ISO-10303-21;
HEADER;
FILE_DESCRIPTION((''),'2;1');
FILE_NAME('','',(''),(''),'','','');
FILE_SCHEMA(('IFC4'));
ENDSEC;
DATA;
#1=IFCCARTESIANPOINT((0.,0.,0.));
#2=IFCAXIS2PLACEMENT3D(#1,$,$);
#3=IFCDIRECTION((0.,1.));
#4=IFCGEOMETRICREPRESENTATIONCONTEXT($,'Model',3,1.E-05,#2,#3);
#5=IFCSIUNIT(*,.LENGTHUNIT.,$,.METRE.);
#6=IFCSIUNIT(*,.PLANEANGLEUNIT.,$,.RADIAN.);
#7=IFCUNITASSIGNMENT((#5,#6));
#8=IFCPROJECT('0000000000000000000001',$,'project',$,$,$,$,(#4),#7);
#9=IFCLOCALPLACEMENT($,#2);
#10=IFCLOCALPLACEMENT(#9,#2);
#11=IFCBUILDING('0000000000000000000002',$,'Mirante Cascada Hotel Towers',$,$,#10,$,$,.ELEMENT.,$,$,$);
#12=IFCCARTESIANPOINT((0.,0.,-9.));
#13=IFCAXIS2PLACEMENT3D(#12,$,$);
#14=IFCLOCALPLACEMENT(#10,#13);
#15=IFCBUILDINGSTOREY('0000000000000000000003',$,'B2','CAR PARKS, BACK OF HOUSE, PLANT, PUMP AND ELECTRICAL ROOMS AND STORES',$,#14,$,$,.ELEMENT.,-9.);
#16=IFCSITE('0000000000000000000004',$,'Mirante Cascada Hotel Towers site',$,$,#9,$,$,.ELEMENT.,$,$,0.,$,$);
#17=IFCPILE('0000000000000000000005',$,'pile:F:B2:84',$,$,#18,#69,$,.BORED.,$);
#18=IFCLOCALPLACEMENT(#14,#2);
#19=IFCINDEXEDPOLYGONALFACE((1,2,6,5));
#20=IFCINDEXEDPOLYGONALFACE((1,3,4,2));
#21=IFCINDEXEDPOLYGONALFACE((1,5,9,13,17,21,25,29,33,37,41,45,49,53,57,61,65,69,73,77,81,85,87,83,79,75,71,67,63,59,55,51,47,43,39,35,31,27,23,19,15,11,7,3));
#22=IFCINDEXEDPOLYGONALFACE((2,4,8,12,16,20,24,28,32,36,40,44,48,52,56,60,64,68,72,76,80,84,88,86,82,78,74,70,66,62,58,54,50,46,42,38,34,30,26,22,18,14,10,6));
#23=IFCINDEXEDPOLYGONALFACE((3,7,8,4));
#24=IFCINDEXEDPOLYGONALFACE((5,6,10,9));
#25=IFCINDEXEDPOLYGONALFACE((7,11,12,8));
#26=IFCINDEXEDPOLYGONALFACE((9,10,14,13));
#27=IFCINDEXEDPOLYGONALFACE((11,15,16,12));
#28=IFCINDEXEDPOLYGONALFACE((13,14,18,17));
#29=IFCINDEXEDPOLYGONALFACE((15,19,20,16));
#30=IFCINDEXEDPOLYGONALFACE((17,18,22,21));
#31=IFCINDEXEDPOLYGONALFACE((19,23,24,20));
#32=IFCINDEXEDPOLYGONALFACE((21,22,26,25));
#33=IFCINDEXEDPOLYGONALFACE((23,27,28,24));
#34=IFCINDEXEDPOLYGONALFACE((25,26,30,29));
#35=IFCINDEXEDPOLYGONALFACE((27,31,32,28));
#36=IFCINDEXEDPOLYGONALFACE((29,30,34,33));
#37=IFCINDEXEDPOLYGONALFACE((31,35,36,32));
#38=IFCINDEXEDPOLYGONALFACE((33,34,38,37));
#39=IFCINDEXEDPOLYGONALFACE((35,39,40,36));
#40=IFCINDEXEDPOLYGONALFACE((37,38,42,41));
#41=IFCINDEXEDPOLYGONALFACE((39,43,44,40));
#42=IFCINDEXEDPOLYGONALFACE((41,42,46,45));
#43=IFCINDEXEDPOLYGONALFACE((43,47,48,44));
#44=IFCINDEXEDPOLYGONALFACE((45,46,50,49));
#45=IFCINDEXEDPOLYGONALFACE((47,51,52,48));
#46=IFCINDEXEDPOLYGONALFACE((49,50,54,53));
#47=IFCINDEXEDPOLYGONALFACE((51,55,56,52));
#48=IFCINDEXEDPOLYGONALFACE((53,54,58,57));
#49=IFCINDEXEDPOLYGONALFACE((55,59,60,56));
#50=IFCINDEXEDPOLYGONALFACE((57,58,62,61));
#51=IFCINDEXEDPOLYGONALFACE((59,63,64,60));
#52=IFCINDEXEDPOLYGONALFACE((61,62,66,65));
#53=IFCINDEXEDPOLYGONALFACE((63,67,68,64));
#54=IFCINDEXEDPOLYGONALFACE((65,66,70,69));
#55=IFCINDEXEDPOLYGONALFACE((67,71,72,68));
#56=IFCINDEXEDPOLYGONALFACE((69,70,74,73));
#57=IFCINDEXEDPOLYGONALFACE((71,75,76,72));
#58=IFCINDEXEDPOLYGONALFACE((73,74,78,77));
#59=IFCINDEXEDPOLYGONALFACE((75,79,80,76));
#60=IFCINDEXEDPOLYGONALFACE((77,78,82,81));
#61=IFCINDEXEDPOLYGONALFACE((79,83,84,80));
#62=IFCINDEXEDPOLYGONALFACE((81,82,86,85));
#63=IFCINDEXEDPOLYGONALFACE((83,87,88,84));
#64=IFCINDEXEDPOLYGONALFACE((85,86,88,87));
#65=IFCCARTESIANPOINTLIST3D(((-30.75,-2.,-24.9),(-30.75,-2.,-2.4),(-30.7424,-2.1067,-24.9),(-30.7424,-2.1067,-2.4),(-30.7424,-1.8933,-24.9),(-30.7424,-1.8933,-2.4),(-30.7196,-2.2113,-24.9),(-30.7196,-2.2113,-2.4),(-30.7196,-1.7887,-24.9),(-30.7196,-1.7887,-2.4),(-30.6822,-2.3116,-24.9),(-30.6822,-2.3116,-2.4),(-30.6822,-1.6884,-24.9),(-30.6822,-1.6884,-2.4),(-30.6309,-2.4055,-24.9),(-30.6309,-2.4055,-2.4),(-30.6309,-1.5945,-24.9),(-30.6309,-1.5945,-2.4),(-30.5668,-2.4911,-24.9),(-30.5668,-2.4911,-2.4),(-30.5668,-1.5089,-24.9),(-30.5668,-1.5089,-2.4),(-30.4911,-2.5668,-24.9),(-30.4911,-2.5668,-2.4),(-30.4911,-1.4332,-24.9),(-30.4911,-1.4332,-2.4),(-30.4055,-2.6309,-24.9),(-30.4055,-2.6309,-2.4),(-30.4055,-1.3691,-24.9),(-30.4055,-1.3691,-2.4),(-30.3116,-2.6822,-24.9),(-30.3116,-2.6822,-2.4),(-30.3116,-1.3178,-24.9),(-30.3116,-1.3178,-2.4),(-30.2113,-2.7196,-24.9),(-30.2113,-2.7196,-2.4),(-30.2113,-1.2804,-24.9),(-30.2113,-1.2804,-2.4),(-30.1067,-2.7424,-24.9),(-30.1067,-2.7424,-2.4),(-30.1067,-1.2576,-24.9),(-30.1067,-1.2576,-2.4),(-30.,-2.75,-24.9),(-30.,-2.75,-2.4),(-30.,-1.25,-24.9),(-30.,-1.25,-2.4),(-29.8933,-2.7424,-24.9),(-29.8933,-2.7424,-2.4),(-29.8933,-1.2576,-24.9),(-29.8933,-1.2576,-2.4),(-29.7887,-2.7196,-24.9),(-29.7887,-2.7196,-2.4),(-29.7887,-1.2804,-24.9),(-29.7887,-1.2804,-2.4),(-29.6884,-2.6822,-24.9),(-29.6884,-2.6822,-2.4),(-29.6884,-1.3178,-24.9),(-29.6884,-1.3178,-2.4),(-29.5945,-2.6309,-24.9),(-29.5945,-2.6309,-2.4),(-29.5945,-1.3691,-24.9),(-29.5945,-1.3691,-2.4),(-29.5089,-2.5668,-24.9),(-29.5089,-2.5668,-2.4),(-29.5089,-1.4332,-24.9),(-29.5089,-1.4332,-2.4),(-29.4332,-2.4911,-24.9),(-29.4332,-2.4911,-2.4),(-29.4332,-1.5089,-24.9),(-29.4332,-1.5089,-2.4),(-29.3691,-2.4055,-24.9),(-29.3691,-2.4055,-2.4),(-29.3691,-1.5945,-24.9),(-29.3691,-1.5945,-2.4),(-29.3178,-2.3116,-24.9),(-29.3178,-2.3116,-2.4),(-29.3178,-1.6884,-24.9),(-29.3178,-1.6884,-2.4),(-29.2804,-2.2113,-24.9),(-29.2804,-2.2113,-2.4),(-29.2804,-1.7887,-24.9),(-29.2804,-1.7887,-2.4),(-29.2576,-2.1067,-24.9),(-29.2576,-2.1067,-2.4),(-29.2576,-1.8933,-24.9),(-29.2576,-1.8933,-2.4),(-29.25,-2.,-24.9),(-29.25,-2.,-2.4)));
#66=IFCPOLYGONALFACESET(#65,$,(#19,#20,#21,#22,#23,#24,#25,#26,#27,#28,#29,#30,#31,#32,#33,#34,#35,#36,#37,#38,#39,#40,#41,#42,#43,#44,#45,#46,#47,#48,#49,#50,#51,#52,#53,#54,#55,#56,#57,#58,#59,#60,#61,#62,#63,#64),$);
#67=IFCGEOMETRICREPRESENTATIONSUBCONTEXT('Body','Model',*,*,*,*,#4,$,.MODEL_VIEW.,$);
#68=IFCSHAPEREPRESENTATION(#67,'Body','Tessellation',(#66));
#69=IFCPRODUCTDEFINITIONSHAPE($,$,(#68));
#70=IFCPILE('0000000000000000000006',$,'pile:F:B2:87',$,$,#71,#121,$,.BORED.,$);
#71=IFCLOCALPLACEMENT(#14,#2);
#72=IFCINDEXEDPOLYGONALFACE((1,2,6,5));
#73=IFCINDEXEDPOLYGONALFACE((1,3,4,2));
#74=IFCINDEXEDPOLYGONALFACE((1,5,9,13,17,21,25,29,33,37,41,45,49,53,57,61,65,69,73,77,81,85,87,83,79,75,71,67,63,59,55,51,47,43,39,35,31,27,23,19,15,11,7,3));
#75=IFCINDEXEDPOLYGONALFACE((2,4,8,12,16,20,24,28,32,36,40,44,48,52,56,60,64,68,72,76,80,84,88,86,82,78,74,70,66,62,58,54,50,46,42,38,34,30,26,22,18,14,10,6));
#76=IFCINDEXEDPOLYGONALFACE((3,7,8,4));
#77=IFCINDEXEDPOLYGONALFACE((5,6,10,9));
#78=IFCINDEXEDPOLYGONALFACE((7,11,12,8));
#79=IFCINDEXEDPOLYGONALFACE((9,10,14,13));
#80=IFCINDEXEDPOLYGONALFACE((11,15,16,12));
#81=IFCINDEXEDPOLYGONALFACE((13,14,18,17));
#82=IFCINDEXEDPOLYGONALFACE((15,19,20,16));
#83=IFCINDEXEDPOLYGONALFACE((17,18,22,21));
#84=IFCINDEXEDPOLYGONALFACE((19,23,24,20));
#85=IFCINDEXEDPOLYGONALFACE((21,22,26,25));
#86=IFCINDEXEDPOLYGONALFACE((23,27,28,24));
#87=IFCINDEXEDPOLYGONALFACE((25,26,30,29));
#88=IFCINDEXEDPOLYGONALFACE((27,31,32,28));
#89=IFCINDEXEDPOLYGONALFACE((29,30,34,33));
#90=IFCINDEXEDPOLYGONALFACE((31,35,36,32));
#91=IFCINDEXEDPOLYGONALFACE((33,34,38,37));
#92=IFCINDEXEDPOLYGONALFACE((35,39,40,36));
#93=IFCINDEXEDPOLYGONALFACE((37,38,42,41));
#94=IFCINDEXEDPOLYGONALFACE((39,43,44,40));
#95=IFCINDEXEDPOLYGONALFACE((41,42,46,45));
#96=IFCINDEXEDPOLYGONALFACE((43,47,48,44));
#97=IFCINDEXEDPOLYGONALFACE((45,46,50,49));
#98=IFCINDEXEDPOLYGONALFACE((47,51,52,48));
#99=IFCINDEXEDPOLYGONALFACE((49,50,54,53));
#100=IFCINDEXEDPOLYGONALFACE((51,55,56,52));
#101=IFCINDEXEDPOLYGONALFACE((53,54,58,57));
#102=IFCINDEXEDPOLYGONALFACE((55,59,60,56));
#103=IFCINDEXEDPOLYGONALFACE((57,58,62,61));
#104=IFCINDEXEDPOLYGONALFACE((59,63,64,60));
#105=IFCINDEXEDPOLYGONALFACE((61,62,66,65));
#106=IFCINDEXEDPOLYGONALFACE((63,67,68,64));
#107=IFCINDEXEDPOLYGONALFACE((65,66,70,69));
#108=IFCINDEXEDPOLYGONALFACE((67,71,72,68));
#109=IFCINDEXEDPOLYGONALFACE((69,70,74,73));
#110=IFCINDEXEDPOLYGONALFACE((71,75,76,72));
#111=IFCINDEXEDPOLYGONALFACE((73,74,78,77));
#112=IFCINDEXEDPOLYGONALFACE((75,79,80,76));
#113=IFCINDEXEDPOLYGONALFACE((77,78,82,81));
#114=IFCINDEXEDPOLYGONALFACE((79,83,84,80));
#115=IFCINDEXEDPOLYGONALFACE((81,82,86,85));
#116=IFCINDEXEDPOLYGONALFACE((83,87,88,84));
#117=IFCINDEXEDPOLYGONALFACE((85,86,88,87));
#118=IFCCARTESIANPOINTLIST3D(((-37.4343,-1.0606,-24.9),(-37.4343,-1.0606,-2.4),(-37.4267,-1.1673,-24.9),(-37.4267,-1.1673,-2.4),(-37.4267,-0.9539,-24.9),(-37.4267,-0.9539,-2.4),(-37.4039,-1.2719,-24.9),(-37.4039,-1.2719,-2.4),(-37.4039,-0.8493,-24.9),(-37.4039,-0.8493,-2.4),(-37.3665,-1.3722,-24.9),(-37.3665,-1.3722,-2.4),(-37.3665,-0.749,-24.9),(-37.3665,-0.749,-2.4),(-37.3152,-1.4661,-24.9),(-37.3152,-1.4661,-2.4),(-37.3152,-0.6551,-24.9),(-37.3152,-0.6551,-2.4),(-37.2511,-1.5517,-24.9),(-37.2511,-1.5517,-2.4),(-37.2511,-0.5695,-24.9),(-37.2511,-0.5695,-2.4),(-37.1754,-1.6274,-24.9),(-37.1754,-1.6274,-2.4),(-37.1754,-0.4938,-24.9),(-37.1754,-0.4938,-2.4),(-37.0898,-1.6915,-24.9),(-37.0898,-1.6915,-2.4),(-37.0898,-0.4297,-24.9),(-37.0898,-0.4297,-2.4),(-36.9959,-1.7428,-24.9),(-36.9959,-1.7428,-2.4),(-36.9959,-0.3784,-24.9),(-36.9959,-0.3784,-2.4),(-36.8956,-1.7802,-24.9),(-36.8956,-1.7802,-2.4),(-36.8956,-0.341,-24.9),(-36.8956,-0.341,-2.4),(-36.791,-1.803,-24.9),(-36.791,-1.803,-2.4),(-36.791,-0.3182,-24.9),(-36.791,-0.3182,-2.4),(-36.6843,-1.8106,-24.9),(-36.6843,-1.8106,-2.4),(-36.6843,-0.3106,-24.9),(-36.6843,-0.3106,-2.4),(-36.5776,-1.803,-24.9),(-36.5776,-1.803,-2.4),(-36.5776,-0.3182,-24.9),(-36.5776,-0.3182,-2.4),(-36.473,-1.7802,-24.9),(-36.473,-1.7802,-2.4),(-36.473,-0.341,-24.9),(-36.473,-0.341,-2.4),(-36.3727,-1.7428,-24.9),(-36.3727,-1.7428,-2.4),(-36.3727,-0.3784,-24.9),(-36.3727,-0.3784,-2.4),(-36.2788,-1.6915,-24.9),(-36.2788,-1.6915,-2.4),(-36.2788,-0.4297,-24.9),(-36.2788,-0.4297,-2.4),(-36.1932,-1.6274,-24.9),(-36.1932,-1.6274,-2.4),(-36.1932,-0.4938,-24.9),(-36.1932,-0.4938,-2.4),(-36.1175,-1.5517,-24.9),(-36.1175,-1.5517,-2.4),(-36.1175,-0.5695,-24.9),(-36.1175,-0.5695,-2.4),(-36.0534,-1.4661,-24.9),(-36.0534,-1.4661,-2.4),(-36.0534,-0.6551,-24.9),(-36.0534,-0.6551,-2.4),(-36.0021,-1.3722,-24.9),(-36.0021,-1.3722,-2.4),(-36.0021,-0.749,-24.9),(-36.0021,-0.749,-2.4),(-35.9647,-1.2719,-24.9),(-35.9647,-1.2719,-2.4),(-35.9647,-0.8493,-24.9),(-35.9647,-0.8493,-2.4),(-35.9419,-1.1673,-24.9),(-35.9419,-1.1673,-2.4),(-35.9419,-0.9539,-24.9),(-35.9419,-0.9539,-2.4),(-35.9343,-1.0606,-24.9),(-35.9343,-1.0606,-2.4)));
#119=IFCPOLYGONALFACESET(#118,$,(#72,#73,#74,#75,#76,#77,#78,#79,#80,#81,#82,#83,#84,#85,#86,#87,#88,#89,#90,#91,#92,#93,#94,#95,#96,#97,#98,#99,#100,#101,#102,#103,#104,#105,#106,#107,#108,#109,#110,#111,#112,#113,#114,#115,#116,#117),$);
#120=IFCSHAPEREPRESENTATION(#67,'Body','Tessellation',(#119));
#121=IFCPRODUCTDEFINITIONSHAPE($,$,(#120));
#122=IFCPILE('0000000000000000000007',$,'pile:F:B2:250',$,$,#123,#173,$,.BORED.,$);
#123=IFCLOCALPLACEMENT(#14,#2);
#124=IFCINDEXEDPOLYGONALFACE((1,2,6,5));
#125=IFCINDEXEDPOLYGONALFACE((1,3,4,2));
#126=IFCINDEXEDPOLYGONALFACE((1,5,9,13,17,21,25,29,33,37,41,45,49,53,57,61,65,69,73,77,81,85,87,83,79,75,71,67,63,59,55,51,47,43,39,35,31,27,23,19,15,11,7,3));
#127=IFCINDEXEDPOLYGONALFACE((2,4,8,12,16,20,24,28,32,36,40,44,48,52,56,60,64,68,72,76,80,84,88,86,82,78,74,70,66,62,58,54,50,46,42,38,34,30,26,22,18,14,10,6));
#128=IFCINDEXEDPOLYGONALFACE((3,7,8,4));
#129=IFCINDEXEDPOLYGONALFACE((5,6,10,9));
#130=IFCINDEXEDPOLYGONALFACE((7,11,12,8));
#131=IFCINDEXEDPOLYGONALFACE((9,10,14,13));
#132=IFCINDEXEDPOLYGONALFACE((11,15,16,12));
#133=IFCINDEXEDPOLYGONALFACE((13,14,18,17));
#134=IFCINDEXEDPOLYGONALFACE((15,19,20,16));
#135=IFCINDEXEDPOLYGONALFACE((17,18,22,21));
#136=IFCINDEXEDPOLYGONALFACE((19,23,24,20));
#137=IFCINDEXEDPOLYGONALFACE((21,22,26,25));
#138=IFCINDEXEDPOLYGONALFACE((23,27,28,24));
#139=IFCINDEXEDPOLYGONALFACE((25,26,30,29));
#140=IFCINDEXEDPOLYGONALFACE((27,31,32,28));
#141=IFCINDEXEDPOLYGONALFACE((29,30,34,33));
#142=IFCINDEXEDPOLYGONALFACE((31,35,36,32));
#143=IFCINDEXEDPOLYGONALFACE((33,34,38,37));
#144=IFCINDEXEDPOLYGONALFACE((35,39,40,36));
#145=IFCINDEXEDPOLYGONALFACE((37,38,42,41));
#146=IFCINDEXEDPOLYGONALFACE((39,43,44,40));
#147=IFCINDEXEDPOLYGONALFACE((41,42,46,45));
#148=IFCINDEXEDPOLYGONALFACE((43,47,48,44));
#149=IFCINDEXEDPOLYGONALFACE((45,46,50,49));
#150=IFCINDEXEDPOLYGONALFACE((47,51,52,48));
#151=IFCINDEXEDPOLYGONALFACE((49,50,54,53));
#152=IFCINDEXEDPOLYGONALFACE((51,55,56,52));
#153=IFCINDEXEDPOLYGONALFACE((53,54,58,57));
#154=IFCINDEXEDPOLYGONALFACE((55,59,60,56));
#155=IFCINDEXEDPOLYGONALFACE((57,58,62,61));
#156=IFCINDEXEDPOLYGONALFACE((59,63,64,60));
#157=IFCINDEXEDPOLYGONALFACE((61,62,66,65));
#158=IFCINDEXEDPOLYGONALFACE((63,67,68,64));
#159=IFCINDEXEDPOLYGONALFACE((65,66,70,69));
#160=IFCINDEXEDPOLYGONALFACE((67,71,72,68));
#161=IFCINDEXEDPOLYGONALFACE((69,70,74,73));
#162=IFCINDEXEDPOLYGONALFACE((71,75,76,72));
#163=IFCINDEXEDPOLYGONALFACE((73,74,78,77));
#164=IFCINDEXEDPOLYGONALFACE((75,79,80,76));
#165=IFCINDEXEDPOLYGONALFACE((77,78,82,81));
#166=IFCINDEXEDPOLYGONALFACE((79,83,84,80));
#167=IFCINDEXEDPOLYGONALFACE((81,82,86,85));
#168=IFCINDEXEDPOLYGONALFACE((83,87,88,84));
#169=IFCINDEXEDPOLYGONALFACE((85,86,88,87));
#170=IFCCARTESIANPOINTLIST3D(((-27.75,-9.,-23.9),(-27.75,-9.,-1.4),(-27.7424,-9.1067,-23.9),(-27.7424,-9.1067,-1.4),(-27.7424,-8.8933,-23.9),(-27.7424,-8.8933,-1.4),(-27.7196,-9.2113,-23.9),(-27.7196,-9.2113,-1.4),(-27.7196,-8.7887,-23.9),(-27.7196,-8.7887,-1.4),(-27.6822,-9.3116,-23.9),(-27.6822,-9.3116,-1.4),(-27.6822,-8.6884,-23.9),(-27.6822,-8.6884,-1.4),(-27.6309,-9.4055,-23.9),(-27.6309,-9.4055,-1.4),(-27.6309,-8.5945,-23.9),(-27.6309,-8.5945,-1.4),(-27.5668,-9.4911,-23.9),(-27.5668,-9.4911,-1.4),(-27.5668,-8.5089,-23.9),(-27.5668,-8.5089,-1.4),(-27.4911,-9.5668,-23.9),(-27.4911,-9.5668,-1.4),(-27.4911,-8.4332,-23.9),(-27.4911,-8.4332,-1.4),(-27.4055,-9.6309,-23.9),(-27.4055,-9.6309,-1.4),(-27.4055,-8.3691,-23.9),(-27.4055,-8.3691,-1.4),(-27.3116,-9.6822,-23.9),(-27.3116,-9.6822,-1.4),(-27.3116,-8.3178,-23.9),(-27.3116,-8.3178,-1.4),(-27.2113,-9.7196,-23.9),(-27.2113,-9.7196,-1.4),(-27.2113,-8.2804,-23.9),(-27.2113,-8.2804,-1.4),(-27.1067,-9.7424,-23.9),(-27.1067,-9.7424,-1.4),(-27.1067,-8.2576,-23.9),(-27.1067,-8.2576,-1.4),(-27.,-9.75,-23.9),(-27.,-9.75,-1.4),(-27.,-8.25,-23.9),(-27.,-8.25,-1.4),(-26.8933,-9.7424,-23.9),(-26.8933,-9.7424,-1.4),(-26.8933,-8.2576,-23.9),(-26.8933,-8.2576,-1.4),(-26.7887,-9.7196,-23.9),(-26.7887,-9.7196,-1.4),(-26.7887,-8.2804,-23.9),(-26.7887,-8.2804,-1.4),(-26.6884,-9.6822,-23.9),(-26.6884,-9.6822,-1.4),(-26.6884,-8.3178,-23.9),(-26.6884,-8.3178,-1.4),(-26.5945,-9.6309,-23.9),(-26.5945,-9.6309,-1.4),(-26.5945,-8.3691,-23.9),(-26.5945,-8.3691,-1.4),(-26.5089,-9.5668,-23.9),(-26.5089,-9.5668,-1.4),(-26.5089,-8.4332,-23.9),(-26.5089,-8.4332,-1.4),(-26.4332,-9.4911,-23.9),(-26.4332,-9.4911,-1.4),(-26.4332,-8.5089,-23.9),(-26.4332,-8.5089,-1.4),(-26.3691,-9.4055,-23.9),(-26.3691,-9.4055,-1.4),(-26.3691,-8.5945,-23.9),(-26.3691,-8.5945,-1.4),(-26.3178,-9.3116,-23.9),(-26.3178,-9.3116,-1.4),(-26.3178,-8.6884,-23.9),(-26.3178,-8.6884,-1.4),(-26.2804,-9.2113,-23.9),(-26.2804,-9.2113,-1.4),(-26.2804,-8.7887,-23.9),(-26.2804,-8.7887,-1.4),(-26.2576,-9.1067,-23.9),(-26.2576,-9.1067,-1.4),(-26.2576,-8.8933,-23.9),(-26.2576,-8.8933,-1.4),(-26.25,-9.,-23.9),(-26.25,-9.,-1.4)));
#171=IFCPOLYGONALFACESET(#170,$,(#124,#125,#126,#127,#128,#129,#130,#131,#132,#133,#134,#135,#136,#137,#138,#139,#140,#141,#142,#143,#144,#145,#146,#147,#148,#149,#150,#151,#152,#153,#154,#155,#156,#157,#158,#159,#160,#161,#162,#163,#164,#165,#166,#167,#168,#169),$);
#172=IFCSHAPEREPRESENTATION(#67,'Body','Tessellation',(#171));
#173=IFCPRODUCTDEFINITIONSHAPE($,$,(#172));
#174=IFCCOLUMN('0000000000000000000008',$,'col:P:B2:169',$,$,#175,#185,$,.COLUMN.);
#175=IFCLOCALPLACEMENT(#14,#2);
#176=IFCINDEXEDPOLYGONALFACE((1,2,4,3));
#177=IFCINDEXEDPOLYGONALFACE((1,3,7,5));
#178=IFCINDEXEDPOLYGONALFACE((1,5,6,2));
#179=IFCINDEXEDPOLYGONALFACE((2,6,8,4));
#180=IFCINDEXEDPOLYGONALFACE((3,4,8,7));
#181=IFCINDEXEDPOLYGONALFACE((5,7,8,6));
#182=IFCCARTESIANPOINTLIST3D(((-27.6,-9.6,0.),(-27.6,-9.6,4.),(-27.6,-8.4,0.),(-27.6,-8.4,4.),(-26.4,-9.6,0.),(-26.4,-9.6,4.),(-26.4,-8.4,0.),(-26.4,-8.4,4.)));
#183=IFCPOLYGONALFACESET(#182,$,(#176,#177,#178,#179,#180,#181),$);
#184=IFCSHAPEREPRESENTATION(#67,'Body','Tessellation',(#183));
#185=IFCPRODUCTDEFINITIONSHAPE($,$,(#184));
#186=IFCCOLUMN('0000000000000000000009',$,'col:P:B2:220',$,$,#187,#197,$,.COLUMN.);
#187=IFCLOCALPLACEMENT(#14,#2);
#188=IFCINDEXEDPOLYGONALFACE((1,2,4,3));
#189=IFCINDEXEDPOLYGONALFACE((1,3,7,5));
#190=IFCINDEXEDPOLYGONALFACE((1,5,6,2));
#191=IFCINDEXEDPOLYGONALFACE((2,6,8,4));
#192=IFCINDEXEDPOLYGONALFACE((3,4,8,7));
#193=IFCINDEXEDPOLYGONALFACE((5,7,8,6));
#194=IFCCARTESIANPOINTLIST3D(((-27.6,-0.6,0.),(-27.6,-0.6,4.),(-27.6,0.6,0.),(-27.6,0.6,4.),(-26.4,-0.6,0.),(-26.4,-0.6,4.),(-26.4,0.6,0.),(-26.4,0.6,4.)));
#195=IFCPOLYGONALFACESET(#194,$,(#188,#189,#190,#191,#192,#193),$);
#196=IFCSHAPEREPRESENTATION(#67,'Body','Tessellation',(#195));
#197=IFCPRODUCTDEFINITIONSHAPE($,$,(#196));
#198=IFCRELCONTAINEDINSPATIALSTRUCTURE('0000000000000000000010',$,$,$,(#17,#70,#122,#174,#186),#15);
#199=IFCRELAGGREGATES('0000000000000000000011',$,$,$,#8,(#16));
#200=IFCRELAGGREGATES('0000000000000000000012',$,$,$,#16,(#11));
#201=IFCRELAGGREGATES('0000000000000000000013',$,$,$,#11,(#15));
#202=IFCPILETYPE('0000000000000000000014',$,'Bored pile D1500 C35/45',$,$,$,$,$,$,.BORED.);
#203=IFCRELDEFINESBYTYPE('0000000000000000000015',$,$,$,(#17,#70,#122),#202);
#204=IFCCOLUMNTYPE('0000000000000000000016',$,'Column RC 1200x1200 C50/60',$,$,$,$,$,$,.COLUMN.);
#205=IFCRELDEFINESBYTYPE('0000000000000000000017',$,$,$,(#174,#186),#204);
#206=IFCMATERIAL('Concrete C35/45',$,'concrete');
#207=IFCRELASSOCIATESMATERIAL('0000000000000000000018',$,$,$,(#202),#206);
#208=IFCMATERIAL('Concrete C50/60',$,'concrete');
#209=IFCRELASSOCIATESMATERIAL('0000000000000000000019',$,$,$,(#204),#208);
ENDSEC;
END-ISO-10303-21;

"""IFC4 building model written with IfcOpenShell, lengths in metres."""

from ifc_helpers import new_model, si_unit, direction, frame, origin, origin_2d, place, context, subcontext, project, spatial, rectangle, circle, extrude, material, material_profile, profile_set, type_object, element, save


model = new_model("IFC4")

# Units and contexts
model_context = context("Model", 3, precision=1e-05, world=origin(), true_north=direction((0.0, 1.0)))
body_context = subcontext(model_context, "Body", "Model", "MODEL_VIEW")
ifc_project = project(units=[si_unit("LENGTHUNIT", "METRE"), si_unit("PLANEANGLEUNIT", "RADIAN")], contexts=[model_context])

# Site, building, storey
site_placement = place(None, origin())
site = spatial("IfcSite", under=ifc_project, at=site_placement, Name="Mirante Cascada Hotel Towers site", CompositionType="ELEMENT", RefElevation=0.0)
building_placement = place(site_placement, origin())
building = spatial("IfcBuilding", under=site, at=building_placement, Name="Mirante Cascada Hotel Towers", CompositionType="ELEMENT")
storey_placement = place(building_placement, frame((0.0, 0.0, -9.0)))
storey = spatial("IfcBuildingStorey", under=building, at=storey_placement, Name="B2", Description="CAR PARKS, BACK OF HOUSE, PLANT, PUMP AND ELECTRICAL ROOMS AND STORES", CompositionType="ELEMENT", Elevation=-9.0)

# Piles
ifc_material_1 = material(Name="Concrete C35/45", Category="concrete")
ifc_material_profile_1 = material_profile(ifc_material_1, circle(Radius=0.75, at=origin_2d()), Name="RC D1500")
ifc_profile_set_1 = profile_set([ifc_material_profile_1], Name="Concrete C35/45")
pile_type = type_object("IfcPileType", Name="Bored pile D1500 C35/45", PredefinedType="BORED", material=ifc_profile_set_1)
for number, where, z_axis, x_axis, name in (
    (1, (-30.0, -2.0, -2.4), (0.0, 0.0, -1.0), (1.0, 0.0, 0.0), "pile:F:B2:84"),
    (2, (-36.6843, -1.0606, -2.4), (0.0, 0.0, -1.0), (1.0, 0.0, 0.0), "pile:F:B2:87"),
    (3, (-27.0, -9.0, -1.4), (0.0, 0.0, -1.0), (1.0, 0.0, 0.0), "pile:F:B2:250"),
):
    element("IfcPile", number, at=place(storey_placement, frame(where, z_axis=z_axis, x_axis=x_axis)), inside=storey, type_object=pile_type, Name=name, PredefinedType="BORED", context=body_context, shape_type="SweptSolid", body=[
        extrude(circle(Radius=0.75, at=origin_2d()), origin(), (0.0, 0.0, 1.0), 22.5),
    ])

# Columns
ifc_material_2 = material(Name="Concrete C50/60", Category="concrete")
ifc_material_profile_2 = material_profile(ifc_material_2, rectangle(XDim=1.2, YDim=1.2, at=origin_2d()), Name="RC 1200x1200")
ifc_profile_set_2 = profile_set([ifc_material_profile_2], Name="Concrete C50/60")
column_type_1 = type_object("IfcColumnType", Name="Column RC 1200x1200 C50/60", PredefinedType="COLUMN", material=ifc_profile_set_2)
for number, where, z_axis, x_axis, name in (
    (4, (-27.0, -9.0, 0.0), (0.0, 0.0, 1.0), (1.0, 0.0, 0.0), "col:P:B2:169"),
    (5, (-27.0, 0.0, 0.0), (0.0, 0.0, 1.0), (1.0, 0.0, 0.0), "col:P:B2:220"),
):
    element("IfcColumn", number, at=place(storey_placement, frame(where, z_axis=z_axis, x_axis=x_axis)), inside=storey, type_object=column_type_1, Name=name, PredefinedType="COLUMN", context=body_context, shape_type="SweptSolid", body=[
        extrude(rectangle(XDim=1.2, YDim=1.2, at=origin_2d()), origin(), (0.0, 0.0, 1.0), 4.0),
    ])

save(model, "model.ifc")
